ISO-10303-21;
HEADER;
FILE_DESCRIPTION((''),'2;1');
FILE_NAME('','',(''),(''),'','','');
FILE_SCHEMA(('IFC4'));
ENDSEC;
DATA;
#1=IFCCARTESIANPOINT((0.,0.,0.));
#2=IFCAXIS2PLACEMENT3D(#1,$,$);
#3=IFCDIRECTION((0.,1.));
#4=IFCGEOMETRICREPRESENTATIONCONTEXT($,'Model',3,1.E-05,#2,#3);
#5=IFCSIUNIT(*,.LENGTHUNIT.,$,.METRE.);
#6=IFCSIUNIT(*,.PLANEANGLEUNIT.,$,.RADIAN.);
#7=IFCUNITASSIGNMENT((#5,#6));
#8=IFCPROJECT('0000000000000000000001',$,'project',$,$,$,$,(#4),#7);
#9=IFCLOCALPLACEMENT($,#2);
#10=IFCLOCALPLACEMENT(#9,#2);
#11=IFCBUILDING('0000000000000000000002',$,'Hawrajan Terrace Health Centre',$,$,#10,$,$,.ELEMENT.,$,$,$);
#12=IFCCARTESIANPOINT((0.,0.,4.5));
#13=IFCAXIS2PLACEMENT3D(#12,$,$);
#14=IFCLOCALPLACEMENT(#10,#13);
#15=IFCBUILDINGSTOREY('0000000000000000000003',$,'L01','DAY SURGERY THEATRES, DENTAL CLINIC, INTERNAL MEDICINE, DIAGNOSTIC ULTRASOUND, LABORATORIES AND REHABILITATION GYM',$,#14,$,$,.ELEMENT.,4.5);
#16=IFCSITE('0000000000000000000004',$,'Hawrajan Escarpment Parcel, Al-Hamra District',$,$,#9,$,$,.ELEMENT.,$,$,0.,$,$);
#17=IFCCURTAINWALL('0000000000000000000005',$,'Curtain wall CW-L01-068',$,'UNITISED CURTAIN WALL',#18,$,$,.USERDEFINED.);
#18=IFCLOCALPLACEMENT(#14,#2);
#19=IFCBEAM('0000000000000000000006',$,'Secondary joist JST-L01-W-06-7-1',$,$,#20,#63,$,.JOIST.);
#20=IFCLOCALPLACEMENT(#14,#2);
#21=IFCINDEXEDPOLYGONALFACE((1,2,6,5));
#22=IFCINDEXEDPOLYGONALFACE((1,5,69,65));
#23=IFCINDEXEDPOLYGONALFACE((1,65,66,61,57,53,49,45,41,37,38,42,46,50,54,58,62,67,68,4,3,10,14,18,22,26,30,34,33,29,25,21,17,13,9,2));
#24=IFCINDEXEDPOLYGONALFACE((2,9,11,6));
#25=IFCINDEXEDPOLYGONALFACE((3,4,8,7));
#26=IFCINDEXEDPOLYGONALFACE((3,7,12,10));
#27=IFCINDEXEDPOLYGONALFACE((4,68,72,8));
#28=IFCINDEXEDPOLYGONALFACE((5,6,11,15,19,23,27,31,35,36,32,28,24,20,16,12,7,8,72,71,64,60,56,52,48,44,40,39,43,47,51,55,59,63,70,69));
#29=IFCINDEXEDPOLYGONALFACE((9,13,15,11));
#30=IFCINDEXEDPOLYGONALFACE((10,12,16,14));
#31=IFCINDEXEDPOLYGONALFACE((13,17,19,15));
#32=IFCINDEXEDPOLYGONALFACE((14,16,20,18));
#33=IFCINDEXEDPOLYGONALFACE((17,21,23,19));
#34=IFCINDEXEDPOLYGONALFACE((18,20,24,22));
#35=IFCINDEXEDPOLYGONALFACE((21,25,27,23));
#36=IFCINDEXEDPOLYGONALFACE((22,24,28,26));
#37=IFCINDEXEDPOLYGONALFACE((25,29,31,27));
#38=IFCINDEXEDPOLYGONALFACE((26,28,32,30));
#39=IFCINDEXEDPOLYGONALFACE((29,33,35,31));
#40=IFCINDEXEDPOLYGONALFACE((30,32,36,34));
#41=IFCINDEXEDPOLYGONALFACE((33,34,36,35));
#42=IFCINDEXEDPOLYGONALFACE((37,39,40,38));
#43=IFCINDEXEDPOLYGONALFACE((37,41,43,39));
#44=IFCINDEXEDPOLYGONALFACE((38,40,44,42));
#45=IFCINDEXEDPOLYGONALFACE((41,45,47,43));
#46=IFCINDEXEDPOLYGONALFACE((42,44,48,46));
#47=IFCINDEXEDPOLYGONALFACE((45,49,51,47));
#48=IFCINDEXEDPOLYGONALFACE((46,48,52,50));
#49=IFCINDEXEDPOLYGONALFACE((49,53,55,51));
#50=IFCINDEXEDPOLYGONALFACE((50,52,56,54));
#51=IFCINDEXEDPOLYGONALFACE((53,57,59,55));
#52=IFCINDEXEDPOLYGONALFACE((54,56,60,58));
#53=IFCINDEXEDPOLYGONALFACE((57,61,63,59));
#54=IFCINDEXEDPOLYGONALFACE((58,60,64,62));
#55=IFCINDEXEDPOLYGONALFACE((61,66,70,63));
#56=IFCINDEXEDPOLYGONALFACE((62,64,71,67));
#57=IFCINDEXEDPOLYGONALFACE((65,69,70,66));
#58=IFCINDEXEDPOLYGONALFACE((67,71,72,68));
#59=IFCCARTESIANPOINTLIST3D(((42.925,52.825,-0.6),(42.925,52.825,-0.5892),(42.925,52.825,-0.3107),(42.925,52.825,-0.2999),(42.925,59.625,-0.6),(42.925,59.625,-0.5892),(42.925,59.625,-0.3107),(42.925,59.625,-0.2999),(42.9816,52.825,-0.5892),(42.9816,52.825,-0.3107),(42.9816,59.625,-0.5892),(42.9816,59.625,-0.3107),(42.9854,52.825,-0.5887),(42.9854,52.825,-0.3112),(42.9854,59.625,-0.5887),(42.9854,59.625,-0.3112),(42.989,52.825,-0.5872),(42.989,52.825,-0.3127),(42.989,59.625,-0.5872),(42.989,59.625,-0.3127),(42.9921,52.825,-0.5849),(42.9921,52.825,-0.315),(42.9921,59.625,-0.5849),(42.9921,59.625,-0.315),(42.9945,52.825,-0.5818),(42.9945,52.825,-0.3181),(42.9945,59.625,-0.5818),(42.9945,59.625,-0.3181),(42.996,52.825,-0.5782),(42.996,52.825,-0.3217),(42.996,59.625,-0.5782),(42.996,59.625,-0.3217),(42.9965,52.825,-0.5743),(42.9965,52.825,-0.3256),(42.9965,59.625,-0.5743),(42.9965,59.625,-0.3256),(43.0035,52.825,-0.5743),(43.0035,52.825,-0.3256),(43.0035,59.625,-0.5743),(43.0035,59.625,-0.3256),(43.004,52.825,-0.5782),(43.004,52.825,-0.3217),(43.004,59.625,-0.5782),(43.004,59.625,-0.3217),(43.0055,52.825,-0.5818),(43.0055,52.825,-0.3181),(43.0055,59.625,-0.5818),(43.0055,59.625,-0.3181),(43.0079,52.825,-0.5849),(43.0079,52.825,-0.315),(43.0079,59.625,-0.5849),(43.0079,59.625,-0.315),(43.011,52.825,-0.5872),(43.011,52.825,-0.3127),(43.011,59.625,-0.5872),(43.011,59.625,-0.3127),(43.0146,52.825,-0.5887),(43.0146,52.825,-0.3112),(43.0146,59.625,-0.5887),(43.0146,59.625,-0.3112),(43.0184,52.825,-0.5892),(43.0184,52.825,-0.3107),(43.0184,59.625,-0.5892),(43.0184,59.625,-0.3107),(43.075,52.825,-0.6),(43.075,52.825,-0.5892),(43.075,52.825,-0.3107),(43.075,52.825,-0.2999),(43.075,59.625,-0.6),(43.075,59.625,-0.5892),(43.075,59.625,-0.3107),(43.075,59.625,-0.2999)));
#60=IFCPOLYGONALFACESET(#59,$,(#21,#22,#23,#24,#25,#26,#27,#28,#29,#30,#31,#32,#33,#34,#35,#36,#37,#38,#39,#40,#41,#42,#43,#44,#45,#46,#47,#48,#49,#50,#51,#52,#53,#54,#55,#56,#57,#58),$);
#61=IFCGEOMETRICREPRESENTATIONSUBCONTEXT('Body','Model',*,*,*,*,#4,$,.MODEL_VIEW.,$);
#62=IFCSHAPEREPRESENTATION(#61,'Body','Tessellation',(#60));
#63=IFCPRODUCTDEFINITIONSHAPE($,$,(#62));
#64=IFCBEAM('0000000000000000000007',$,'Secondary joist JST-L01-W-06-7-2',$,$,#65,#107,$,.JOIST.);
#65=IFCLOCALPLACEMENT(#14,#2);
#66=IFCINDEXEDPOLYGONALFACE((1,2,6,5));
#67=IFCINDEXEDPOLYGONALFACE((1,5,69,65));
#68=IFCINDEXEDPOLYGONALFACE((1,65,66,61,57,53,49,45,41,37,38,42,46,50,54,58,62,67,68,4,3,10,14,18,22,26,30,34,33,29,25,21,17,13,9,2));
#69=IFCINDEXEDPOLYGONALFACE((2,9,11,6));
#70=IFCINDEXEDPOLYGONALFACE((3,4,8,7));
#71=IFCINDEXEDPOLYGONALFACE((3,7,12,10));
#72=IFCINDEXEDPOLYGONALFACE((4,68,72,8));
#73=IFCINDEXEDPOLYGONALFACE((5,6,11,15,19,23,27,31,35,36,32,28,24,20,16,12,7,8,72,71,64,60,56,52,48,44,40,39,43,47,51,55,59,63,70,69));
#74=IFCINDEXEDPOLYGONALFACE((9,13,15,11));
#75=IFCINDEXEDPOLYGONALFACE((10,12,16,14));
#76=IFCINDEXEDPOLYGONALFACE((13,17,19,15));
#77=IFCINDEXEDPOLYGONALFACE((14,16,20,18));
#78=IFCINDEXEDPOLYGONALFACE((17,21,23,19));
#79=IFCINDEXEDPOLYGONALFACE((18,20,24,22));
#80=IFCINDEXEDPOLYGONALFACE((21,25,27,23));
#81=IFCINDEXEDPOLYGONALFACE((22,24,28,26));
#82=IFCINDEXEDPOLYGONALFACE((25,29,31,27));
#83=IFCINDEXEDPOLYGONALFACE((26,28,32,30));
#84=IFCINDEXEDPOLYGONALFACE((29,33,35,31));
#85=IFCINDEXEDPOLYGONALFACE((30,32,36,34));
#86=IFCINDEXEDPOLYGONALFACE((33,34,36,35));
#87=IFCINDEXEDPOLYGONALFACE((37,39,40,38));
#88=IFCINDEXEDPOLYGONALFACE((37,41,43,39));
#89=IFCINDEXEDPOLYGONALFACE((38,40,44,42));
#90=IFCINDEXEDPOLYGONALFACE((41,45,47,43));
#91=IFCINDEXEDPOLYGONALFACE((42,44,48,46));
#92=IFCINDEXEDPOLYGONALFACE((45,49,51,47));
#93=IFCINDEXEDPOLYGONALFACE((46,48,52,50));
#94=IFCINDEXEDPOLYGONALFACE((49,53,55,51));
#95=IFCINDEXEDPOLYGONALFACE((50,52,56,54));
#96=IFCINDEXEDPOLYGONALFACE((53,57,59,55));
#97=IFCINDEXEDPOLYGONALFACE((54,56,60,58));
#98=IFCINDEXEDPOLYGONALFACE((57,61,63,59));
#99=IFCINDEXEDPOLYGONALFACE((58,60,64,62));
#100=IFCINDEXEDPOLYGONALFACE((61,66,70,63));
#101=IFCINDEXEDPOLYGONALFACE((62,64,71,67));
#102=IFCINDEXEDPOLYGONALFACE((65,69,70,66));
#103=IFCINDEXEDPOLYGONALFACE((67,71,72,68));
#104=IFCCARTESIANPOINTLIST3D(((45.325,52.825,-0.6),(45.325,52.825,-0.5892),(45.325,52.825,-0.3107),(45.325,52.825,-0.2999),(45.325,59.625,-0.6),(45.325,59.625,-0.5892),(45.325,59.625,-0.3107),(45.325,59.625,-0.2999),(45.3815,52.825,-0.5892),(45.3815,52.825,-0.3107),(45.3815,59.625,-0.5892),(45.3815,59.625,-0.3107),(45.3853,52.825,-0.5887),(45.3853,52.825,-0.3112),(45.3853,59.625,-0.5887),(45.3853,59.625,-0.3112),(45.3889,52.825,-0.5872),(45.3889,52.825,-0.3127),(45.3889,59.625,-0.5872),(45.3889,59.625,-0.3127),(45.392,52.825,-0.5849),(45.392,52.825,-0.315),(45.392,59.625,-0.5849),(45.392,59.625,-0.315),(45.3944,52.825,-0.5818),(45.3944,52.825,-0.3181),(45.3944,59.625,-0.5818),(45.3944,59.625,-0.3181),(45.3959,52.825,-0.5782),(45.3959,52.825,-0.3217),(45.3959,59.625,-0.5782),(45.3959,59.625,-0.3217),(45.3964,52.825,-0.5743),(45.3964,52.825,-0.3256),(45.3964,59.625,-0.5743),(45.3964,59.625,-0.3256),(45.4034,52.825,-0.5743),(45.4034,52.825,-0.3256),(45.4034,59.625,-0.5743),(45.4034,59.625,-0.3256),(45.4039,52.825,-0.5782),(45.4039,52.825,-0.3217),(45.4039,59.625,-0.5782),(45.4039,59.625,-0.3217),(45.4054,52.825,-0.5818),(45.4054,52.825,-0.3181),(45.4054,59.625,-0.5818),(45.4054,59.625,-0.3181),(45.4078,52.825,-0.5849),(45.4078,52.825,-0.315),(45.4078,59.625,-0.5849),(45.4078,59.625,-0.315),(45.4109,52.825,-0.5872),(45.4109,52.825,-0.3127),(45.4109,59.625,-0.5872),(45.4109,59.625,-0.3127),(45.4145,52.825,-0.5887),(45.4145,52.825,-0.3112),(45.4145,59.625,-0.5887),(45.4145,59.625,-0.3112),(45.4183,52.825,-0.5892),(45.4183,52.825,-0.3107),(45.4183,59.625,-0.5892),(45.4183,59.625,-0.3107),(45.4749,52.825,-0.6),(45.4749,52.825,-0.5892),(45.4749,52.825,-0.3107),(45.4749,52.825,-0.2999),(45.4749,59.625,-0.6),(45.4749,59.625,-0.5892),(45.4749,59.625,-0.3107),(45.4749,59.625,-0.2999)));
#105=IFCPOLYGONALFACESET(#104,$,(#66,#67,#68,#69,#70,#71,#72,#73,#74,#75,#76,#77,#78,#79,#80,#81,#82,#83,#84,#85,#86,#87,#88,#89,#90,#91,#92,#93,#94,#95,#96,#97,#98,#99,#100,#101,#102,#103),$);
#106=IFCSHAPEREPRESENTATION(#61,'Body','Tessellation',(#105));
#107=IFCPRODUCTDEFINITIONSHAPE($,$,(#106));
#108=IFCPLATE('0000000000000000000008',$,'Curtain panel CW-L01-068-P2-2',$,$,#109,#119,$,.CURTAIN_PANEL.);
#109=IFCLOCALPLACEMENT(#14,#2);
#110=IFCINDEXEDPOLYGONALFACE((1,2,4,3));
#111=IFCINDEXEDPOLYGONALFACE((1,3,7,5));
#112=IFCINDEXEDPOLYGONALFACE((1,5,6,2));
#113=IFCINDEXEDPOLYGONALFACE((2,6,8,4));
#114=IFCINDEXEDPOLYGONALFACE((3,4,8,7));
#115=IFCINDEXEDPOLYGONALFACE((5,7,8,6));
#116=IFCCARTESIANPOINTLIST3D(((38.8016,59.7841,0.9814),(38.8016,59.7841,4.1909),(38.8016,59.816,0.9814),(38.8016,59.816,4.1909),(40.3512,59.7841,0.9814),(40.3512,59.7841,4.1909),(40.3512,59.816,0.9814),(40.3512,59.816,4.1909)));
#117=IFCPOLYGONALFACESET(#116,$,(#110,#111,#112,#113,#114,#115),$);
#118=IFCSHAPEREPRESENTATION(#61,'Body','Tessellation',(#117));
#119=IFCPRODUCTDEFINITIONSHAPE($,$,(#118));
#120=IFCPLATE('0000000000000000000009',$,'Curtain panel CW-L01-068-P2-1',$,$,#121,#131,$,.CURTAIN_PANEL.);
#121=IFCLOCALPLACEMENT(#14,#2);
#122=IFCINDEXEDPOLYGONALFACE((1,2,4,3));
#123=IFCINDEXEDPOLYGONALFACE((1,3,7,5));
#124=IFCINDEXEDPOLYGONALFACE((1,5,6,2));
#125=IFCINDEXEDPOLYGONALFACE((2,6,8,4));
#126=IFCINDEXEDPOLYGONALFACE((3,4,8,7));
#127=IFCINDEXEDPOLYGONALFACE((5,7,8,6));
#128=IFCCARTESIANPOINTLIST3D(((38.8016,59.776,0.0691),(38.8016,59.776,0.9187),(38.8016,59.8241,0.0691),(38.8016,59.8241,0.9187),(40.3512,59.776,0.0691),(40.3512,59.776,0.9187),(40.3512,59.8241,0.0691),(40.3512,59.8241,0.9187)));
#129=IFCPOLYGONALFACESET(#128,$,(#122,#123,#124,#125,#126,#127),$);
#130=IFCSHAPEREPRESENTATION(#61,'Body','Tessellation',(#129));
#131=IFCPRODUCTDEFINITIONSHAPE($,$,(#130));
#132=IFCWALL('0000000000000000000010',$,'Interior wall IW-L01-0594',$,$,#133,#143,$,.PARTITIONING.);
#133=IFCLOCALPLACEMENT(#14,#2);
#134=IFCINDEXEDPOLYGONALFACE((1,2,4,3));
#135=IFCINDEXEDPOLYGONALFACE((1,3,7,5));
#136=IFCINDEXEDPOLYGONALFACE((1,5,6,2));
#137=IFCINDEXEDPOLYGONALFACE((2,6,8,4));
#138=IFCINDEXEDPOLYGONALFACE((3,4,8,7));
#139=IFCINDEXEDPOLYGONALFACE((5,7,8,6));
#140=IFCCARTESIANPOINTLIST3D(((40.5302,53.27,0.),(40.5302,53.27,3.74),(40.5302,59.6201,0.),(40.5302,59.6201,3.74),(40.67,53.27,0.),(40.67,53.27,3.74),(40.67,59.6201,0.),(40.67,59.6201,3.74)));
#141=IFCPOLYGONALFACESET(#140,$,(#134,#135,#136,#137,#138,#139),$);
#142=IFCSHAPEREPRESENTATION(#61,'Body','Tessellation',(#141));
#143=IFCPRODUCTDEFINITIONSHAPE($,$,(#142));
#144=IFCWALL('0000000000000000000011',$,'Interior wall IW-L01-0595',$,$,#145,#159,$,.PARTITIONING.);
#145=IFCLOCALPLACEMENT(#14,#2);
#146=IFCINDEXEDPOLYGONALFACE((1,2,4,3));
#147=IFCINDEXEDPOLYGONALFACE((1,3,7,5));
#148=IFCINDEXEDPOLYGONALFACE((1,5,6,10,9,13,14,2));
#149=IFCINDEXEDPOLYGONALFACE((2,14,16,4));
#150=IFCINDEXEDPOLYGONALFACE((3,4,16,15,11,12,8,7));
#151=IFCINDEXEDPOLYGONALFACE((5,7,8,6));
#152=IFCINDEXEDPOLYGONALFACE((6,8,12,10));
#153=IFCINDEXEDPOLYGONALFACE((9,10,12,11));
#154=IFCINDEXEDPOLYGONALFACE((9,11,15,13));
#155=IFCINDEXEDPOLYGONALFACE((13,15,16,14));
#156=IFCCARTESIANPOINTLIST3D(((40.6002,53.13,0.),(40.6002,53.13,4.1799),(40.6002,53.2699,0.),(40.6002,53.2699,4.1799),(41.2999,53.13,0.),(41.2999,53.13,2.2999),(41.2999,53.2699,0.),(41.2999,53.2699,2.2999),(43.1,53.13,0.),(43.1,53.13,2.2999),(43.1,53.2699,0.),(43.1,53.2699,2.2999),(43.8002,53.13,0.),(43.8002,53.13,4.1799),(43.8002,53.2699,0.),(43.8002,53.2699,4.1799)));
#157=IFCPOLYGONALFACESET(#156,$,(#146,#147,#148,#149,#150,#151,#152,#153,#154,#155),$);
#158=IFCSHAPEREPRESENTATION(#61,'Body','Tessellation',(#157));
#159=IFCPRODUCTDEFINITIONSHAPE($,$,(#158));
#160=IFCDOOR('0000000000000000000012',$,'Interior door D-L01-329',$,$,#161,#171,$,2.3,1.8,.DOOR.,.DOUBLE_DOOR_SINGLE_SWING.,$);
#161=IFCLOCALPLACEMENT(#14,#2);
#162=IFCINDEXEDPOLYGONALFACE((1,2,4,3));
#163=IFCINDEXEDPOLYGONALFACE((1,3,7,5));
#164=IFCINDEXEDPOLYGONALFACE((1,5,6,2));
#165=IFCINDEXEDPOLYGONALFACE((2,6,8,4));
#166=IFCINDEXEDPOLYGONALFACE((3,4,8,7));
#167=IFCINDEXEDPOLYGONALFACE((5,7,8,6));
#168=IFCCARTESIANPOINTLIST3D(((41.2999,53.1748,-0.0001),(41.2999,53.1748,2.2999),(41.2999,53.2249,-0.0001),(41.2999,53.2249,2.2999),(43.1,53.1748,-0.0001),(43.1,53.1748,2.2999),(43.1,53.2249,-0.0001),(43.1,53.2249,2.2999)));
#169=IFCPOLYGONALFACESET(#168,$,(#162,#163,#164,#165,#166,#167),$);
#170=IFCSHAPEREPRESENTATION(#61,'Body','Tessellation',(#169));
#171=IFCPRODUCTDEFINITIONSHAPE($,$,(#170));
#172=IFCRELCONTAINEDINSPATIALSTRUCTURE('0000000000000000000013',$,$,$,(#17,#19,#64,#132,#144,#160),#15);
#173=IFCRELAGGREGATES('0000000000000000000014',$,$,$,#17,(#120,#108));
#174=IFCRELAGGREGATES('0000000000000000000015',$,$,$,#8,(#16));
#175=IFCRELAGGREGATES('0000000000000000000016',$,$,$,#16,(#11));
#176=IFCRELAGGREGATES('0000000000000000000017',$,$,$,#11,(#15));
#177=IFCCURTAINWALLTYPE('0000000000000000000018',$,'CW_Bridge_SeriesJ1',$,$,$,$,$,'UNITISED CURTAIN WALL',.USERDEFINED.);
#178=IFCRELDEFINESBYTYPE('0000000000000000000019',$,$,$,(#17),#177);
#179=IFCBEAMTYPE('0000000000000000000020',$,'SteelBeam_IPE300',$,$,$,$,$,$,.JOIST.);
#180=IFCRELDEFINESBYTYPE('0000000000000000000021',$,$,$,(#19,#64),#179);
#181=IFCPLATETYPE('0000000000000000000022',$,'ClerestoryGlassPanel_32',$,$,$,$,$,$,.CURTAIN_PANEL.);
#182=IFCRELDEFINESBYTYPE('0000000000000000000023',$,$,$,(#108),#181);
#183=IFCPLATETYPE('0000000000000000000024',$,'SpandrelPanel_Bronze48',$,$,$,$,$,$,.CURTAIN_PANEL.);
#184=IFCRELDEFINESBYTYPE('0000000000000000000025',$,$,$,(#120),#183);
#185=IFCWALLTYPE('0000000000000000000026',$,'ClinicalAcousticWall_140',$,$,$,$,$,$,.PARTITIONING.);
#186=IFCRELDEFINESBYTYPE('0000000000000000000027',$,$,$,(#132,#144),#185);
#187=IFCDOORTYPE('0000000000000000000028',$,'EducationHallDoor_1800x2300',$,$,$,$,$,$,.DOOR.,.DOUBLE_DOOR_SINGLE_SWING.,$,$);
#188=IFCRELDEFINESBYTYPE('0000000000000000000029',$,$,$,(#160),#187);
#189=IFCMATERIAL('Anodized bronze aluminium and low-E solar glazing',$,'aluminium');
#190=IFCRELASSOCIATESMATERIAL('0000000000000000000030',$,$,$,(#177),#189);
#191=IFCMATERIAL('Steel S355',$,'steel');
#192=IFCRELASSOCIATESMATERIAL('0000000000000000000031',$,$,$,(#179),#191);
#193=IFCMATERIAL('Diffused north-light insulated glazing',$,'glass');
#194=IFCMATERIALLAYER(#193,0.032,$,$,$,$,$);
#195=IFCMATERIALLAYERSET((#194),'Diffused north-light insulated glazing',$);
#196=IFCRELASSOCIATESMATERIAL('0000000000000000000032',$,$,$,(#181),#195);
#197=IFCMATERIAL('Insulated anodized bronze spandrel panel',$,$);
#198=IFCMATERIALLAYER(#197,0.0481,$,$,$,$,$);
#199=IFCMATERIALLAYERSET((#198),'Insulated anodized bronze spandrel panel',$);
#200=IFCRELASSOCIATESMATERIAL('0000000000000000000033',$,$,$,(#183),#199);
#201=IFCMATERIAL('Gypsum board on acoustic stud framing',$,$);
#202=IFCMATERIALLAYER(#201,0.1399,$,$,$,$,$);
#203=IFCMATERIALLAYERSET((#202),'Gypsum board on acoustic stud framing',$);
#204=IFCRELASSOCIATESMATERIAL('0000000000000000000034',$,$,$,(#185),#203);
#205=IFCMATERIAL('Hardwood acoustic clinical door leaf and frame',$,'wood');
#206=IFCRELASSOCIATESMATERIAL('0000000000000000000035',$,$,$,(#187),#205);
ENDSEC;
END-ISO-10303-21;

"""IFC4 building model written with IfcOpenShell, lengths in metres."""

from ifc_helpers import new_model, si_unit, direction, frame, frame_2d, origin, origin_2d, place, context, subcontext, project, spatial, rectangle, i_section, extrude, material, layer, layer_set, material_profile, profile_set, type_object, element, fill, aggregate, save


model = new_model("IFC4")

# Units and contexts
model_context = context("Model", 3, precision=1e-05, world=origin(), true_north=direction((0.0, 1.0)))
body_context = subcontext(model_context, "Body", "Model", "MODEL_VIEW")
ifc_project = project(units=[si_unit("LENGTHUNIT", "METRE"), si_unit("PLANEANGLEUNIT", "RADIAN")], contexts=[model_context])

# Site, building, storey
site_placement = place(None, origin())
site = spatial("IfcSite", under=ifc_project, at=site_placement, Name="Hawrajan Escarpment Parcel, Al-Hamra District", CompositionType="ELEMENT", RefElevation=0.0)
building_placement = place(site_placement, origin())
building = spatial("IfcBuilding", under=site, at=building_placement, Name="Hawrajan Terrace Health Centre", CompositionType="ELEMENT")
storey_placement = place(building_placement, frame((0.0, 0.0, 4.5)))
storey = spatial("IfcBuildingStorey", under=building, at=storey_placement, Name="L01", Description="DAY SURGERY THEATRES, DENTAL CLINIC, INTERNAL MEDICINE, DIAGNOSTIC ULTRASOUND, LABORATORIES AND REHABILITATION GYM", CompositionType="ELEMENT", Elevation=4.5)

# Curtain wall
ifc_material_1 = material(Name="Anodized bronze aluminium and low-E solar glazing", Category="aluminium")
curtain_wall_type = type_object("IfcCurtainWallType", Name="CW_Bridge_SeriesJ1", ElementType="UNITISED CURTAIN WALL", PredefinedType="USERDEFINED", material=ifc_material_1)
curtain_wall_placement = place(storey_placement, origin())
curtain_wall = element("IfcCurtainWall", 1, at=curtain_wall_placement, inside=storey, type_object=curtain_wall_type, Name="Curtain wall CW-L01-068", ObjectType="UNITISED CURTAIN WALL", PredefinedType="USERDEFINED")

# Beams
ifc_material_2 = material(Name="Steel S355", Category="steel")
ifc_material_profile_1 = material_profile(ifc_material_2, i_section(OverallWidth=0.1499, OverallDepth=0.3, WebThickness=0.0071, FlangeThickness=0.0107, FilletRadius=0.0149, at=origin_2d()), Name="IPE 300")
ifc_profile_set_1 = profile_set([ifc_material_profile_1], Name="Steel S355")
beam_type_1 = type_object("IfcBeamType", Name="SteelBeam_IPE300", PredefinedType="JOIST", material=ifc_profile_set_1)
for number, where, z_axis, x_axis, name in (
    (2, (43.0, 52.825, -0.45), (0.0, 1.0, 0.0), (-1.0, 0.0, 0.0), "Secondary joist JST-L01-W-06-7-1"),
    (3, (45.3999, 52.825, -0.45), (0.0, 1.0, 0.0), (-1.0, 0.0, 0.0), "Secondary joist JST-L01-W-06-7-2"),
):
    element("IfcBeam", number, at=place(storey_placement, frame(where, z_axis=z_axis, x_axis=x_axis)), inside=storey, type_object=beam_type_1, Name=name, PredefinedType="JOIST", context=body_context, shape_type="SweptSolid", body=[
        extrude(i_section(OverallWidth=0.1499, OverallDepth=0.3, WebThickness=0.0071, FlangeThickness=0.0107, FilletRadius=0.0149, at=origin_2d()), origin(), (0.0, 0.0, 1.0), 6.8),
    ])

# Plates
ifc_material_3 = material(Name="Diffused north-light insulated glazing", Category="glass")
ifc_layer_1 = layer(ifc_material_3, 0.032)
ifc_layer_set_1 = layer_set([ifc_layer_1], Name="Diffused north-light insulated glazing")
plate_type_1 = type_object("IfcPlateType", Name="ClerestoryGlassPanel_32", PredefinedType="CURTAIN_PANEL", material=ifc_layer_set_1)
plate_1_placement = place(storey_placement, frame((39.5764, 59.8, 0.9814), z_axis=(0.0, 0.0, 1.0), x_axis=(1.0, 0.0, 0.0)))
plate_1 = element("IfcPlate", 4, at=plate_1_placement, type_object=plate_type_1, Name="Curtain panel CW-L01-068-P2-2", PredefinedType="CURTAIN_PANEL", context=body_context, shape_type="SweptSolid", body=[
    extrude(rectangle(XDim=1.5496, YDim=0.032, at=origin_2d()), origin(), (0.0, 0.0, 1.0), 3.2095),
])
ifc_material_4 = material(Name="Insulated anodized bronze spandrel panel")
ifc_layer_2 = layer(ifc_material_4, 0.0481)
ifc_layer_set_2 = layer_set([ifc_layer_2], Name="Insulated anodized bronze spandrel panel")
plate_type_2 = type_object("IfcPlateType", Name="SpandrelPanel_Bronze48", PredefinedType="CURTAIN_PANEL", material=ifc_layer_set_2)
plate_2_placement = place(storey_placement, frame((39.5764, 59.8, 0.0691), z_axis=(0.0, 0.0, 1.0), x_axis=(1.0, 0.0, 0.0)))
plate_2 = element("IfcPlate", 5, at=plate_2_placement, type_object=plate_type_2, Name="Curtain panel CW-L01-068-P2-1", PredefinedType="CURTAIN_PANEL", context=body_context, shape_type="SweptSolid", body=[
    extrude(rectangle(XDim=1.5496, YDim=0.0481, at=origin_2d()), origin(), (0.0, 0.0, 1.0), 0.8496),
])
aggregate(curtain_wall, [plate_2, plate_1])

# Wall
ifc_material_5 = material(Name="Gypsum board on acoustic stud framing")
ifc_layer_3 = layer(ifc_material_5, 0.1399)
ifc_layer_set_3 = layer_set([ifc_layer_3], Name="Gypsum board on acoustic stud framing")
wall_type_1 = type_object("IfcWallType", Name="ClinicalAcousticWall_140", PredefinedType="PARTITIONING", material=ifc_layer_set_3)
wall_1_placement = place(storey_placement, frame((40.6001, 53.27, 0.0), z_axis=(0.0, 0.0, 1.0), x_axis=(0.0, 1.0, 0.0)))
element("IfcWall", 6, at=wall_1_placement, inside=storey, type_object=wall_type_1, Name="Interior wall IW-L01-0594", PredefinedType="PARTITIONING", context=body_context, shape_type="SweptSolid", body=[
    extrude(rectangle(XDim=6.3501, YDim=0.1399, at=frame_2d((3.175, 0.0))), origin(), (0.0, 0.0, 1.0), 3.74),
])

# Wall, opening, door
wall_2_placement = place(storey_placement, frame((40.6001, 53.2, 0.0), z_axis=(0.0, 0.0, 1.0), x_axis=(1.0, 0.0, 0.0)))
wall_2 = element("IfcWall", 7, at=wall_2_placement, inside=storey, type_object=wall_type_1, Name="Interior wall IW-L01-0595", PredefinedType="PARTITIONING", context=body_context, shape_type="SweptSolid", body=[
    extrude(rectangle(XDim=3.2, YDim=0.1399, at=frame_2d((1.6001, 0.0))), origin(), (0.0, 0.0, 1.0), 4.1799),
])
opening_1_placement = place(wall_2_placement, frame((0.7, 0.0, 0.0)))
opening_1 = element("IfcOpeningElement", 8, at=opening_1_placement, cuts=wall_2, PredefinedType="OPENING", context=body_context, shape_type="SweptSolid", body=[
    extrude(rectangle(XDim=1.8, YDim=2.3, at=frame_2d((0.8999, 1.1499))), frame((0.0, 0.0798, 0.0), z_axis=(0.0, -1.0, 0.0), x_axis=(1.0, 0.0, 0.0)), (0.0, 0.0, 1.0), 0.1599),
])
ifc_material_6 = material(Name="Hardwood acoustic clinical door leaf and frame", Category="wood")
door_type_1 = type_object("IfcDoorType", Name="EducationHallDoor_1800x2300", OperationType="DOUBLE_DOOR_SINGLE_SWING", PredefinedType="DOOR", material=ifc_material_6)
door_1_placement = place(opening_1_placement, origin())
door_1 = element("IfcDoor", 9, at=door_1_placement, inside=storey, type_object=door_type_1, Name="Interior door D-L01-329", OperationType="DOUBLE_DOOR_SINGLE_SWING", OverallHeight=2.3, OverallWidth=1.8, PredefinedType="DOOR", context=body_context, shape_type="SweptSolid", body=[
    extrude(rectangle(XDim=1.8, YDim=2.3, at=frame_2d((0.8999, 1.1499))), frame((0.0, 0.0249, 0.0), z_axis=(0.0, -1.0, 0.0), x_axis=(1.0, 0.0, 0.0)), (0.0, 0.0, 1.0), 0.05),
])
fill(opening_1, door_1)

save(model, "model.ifc")
